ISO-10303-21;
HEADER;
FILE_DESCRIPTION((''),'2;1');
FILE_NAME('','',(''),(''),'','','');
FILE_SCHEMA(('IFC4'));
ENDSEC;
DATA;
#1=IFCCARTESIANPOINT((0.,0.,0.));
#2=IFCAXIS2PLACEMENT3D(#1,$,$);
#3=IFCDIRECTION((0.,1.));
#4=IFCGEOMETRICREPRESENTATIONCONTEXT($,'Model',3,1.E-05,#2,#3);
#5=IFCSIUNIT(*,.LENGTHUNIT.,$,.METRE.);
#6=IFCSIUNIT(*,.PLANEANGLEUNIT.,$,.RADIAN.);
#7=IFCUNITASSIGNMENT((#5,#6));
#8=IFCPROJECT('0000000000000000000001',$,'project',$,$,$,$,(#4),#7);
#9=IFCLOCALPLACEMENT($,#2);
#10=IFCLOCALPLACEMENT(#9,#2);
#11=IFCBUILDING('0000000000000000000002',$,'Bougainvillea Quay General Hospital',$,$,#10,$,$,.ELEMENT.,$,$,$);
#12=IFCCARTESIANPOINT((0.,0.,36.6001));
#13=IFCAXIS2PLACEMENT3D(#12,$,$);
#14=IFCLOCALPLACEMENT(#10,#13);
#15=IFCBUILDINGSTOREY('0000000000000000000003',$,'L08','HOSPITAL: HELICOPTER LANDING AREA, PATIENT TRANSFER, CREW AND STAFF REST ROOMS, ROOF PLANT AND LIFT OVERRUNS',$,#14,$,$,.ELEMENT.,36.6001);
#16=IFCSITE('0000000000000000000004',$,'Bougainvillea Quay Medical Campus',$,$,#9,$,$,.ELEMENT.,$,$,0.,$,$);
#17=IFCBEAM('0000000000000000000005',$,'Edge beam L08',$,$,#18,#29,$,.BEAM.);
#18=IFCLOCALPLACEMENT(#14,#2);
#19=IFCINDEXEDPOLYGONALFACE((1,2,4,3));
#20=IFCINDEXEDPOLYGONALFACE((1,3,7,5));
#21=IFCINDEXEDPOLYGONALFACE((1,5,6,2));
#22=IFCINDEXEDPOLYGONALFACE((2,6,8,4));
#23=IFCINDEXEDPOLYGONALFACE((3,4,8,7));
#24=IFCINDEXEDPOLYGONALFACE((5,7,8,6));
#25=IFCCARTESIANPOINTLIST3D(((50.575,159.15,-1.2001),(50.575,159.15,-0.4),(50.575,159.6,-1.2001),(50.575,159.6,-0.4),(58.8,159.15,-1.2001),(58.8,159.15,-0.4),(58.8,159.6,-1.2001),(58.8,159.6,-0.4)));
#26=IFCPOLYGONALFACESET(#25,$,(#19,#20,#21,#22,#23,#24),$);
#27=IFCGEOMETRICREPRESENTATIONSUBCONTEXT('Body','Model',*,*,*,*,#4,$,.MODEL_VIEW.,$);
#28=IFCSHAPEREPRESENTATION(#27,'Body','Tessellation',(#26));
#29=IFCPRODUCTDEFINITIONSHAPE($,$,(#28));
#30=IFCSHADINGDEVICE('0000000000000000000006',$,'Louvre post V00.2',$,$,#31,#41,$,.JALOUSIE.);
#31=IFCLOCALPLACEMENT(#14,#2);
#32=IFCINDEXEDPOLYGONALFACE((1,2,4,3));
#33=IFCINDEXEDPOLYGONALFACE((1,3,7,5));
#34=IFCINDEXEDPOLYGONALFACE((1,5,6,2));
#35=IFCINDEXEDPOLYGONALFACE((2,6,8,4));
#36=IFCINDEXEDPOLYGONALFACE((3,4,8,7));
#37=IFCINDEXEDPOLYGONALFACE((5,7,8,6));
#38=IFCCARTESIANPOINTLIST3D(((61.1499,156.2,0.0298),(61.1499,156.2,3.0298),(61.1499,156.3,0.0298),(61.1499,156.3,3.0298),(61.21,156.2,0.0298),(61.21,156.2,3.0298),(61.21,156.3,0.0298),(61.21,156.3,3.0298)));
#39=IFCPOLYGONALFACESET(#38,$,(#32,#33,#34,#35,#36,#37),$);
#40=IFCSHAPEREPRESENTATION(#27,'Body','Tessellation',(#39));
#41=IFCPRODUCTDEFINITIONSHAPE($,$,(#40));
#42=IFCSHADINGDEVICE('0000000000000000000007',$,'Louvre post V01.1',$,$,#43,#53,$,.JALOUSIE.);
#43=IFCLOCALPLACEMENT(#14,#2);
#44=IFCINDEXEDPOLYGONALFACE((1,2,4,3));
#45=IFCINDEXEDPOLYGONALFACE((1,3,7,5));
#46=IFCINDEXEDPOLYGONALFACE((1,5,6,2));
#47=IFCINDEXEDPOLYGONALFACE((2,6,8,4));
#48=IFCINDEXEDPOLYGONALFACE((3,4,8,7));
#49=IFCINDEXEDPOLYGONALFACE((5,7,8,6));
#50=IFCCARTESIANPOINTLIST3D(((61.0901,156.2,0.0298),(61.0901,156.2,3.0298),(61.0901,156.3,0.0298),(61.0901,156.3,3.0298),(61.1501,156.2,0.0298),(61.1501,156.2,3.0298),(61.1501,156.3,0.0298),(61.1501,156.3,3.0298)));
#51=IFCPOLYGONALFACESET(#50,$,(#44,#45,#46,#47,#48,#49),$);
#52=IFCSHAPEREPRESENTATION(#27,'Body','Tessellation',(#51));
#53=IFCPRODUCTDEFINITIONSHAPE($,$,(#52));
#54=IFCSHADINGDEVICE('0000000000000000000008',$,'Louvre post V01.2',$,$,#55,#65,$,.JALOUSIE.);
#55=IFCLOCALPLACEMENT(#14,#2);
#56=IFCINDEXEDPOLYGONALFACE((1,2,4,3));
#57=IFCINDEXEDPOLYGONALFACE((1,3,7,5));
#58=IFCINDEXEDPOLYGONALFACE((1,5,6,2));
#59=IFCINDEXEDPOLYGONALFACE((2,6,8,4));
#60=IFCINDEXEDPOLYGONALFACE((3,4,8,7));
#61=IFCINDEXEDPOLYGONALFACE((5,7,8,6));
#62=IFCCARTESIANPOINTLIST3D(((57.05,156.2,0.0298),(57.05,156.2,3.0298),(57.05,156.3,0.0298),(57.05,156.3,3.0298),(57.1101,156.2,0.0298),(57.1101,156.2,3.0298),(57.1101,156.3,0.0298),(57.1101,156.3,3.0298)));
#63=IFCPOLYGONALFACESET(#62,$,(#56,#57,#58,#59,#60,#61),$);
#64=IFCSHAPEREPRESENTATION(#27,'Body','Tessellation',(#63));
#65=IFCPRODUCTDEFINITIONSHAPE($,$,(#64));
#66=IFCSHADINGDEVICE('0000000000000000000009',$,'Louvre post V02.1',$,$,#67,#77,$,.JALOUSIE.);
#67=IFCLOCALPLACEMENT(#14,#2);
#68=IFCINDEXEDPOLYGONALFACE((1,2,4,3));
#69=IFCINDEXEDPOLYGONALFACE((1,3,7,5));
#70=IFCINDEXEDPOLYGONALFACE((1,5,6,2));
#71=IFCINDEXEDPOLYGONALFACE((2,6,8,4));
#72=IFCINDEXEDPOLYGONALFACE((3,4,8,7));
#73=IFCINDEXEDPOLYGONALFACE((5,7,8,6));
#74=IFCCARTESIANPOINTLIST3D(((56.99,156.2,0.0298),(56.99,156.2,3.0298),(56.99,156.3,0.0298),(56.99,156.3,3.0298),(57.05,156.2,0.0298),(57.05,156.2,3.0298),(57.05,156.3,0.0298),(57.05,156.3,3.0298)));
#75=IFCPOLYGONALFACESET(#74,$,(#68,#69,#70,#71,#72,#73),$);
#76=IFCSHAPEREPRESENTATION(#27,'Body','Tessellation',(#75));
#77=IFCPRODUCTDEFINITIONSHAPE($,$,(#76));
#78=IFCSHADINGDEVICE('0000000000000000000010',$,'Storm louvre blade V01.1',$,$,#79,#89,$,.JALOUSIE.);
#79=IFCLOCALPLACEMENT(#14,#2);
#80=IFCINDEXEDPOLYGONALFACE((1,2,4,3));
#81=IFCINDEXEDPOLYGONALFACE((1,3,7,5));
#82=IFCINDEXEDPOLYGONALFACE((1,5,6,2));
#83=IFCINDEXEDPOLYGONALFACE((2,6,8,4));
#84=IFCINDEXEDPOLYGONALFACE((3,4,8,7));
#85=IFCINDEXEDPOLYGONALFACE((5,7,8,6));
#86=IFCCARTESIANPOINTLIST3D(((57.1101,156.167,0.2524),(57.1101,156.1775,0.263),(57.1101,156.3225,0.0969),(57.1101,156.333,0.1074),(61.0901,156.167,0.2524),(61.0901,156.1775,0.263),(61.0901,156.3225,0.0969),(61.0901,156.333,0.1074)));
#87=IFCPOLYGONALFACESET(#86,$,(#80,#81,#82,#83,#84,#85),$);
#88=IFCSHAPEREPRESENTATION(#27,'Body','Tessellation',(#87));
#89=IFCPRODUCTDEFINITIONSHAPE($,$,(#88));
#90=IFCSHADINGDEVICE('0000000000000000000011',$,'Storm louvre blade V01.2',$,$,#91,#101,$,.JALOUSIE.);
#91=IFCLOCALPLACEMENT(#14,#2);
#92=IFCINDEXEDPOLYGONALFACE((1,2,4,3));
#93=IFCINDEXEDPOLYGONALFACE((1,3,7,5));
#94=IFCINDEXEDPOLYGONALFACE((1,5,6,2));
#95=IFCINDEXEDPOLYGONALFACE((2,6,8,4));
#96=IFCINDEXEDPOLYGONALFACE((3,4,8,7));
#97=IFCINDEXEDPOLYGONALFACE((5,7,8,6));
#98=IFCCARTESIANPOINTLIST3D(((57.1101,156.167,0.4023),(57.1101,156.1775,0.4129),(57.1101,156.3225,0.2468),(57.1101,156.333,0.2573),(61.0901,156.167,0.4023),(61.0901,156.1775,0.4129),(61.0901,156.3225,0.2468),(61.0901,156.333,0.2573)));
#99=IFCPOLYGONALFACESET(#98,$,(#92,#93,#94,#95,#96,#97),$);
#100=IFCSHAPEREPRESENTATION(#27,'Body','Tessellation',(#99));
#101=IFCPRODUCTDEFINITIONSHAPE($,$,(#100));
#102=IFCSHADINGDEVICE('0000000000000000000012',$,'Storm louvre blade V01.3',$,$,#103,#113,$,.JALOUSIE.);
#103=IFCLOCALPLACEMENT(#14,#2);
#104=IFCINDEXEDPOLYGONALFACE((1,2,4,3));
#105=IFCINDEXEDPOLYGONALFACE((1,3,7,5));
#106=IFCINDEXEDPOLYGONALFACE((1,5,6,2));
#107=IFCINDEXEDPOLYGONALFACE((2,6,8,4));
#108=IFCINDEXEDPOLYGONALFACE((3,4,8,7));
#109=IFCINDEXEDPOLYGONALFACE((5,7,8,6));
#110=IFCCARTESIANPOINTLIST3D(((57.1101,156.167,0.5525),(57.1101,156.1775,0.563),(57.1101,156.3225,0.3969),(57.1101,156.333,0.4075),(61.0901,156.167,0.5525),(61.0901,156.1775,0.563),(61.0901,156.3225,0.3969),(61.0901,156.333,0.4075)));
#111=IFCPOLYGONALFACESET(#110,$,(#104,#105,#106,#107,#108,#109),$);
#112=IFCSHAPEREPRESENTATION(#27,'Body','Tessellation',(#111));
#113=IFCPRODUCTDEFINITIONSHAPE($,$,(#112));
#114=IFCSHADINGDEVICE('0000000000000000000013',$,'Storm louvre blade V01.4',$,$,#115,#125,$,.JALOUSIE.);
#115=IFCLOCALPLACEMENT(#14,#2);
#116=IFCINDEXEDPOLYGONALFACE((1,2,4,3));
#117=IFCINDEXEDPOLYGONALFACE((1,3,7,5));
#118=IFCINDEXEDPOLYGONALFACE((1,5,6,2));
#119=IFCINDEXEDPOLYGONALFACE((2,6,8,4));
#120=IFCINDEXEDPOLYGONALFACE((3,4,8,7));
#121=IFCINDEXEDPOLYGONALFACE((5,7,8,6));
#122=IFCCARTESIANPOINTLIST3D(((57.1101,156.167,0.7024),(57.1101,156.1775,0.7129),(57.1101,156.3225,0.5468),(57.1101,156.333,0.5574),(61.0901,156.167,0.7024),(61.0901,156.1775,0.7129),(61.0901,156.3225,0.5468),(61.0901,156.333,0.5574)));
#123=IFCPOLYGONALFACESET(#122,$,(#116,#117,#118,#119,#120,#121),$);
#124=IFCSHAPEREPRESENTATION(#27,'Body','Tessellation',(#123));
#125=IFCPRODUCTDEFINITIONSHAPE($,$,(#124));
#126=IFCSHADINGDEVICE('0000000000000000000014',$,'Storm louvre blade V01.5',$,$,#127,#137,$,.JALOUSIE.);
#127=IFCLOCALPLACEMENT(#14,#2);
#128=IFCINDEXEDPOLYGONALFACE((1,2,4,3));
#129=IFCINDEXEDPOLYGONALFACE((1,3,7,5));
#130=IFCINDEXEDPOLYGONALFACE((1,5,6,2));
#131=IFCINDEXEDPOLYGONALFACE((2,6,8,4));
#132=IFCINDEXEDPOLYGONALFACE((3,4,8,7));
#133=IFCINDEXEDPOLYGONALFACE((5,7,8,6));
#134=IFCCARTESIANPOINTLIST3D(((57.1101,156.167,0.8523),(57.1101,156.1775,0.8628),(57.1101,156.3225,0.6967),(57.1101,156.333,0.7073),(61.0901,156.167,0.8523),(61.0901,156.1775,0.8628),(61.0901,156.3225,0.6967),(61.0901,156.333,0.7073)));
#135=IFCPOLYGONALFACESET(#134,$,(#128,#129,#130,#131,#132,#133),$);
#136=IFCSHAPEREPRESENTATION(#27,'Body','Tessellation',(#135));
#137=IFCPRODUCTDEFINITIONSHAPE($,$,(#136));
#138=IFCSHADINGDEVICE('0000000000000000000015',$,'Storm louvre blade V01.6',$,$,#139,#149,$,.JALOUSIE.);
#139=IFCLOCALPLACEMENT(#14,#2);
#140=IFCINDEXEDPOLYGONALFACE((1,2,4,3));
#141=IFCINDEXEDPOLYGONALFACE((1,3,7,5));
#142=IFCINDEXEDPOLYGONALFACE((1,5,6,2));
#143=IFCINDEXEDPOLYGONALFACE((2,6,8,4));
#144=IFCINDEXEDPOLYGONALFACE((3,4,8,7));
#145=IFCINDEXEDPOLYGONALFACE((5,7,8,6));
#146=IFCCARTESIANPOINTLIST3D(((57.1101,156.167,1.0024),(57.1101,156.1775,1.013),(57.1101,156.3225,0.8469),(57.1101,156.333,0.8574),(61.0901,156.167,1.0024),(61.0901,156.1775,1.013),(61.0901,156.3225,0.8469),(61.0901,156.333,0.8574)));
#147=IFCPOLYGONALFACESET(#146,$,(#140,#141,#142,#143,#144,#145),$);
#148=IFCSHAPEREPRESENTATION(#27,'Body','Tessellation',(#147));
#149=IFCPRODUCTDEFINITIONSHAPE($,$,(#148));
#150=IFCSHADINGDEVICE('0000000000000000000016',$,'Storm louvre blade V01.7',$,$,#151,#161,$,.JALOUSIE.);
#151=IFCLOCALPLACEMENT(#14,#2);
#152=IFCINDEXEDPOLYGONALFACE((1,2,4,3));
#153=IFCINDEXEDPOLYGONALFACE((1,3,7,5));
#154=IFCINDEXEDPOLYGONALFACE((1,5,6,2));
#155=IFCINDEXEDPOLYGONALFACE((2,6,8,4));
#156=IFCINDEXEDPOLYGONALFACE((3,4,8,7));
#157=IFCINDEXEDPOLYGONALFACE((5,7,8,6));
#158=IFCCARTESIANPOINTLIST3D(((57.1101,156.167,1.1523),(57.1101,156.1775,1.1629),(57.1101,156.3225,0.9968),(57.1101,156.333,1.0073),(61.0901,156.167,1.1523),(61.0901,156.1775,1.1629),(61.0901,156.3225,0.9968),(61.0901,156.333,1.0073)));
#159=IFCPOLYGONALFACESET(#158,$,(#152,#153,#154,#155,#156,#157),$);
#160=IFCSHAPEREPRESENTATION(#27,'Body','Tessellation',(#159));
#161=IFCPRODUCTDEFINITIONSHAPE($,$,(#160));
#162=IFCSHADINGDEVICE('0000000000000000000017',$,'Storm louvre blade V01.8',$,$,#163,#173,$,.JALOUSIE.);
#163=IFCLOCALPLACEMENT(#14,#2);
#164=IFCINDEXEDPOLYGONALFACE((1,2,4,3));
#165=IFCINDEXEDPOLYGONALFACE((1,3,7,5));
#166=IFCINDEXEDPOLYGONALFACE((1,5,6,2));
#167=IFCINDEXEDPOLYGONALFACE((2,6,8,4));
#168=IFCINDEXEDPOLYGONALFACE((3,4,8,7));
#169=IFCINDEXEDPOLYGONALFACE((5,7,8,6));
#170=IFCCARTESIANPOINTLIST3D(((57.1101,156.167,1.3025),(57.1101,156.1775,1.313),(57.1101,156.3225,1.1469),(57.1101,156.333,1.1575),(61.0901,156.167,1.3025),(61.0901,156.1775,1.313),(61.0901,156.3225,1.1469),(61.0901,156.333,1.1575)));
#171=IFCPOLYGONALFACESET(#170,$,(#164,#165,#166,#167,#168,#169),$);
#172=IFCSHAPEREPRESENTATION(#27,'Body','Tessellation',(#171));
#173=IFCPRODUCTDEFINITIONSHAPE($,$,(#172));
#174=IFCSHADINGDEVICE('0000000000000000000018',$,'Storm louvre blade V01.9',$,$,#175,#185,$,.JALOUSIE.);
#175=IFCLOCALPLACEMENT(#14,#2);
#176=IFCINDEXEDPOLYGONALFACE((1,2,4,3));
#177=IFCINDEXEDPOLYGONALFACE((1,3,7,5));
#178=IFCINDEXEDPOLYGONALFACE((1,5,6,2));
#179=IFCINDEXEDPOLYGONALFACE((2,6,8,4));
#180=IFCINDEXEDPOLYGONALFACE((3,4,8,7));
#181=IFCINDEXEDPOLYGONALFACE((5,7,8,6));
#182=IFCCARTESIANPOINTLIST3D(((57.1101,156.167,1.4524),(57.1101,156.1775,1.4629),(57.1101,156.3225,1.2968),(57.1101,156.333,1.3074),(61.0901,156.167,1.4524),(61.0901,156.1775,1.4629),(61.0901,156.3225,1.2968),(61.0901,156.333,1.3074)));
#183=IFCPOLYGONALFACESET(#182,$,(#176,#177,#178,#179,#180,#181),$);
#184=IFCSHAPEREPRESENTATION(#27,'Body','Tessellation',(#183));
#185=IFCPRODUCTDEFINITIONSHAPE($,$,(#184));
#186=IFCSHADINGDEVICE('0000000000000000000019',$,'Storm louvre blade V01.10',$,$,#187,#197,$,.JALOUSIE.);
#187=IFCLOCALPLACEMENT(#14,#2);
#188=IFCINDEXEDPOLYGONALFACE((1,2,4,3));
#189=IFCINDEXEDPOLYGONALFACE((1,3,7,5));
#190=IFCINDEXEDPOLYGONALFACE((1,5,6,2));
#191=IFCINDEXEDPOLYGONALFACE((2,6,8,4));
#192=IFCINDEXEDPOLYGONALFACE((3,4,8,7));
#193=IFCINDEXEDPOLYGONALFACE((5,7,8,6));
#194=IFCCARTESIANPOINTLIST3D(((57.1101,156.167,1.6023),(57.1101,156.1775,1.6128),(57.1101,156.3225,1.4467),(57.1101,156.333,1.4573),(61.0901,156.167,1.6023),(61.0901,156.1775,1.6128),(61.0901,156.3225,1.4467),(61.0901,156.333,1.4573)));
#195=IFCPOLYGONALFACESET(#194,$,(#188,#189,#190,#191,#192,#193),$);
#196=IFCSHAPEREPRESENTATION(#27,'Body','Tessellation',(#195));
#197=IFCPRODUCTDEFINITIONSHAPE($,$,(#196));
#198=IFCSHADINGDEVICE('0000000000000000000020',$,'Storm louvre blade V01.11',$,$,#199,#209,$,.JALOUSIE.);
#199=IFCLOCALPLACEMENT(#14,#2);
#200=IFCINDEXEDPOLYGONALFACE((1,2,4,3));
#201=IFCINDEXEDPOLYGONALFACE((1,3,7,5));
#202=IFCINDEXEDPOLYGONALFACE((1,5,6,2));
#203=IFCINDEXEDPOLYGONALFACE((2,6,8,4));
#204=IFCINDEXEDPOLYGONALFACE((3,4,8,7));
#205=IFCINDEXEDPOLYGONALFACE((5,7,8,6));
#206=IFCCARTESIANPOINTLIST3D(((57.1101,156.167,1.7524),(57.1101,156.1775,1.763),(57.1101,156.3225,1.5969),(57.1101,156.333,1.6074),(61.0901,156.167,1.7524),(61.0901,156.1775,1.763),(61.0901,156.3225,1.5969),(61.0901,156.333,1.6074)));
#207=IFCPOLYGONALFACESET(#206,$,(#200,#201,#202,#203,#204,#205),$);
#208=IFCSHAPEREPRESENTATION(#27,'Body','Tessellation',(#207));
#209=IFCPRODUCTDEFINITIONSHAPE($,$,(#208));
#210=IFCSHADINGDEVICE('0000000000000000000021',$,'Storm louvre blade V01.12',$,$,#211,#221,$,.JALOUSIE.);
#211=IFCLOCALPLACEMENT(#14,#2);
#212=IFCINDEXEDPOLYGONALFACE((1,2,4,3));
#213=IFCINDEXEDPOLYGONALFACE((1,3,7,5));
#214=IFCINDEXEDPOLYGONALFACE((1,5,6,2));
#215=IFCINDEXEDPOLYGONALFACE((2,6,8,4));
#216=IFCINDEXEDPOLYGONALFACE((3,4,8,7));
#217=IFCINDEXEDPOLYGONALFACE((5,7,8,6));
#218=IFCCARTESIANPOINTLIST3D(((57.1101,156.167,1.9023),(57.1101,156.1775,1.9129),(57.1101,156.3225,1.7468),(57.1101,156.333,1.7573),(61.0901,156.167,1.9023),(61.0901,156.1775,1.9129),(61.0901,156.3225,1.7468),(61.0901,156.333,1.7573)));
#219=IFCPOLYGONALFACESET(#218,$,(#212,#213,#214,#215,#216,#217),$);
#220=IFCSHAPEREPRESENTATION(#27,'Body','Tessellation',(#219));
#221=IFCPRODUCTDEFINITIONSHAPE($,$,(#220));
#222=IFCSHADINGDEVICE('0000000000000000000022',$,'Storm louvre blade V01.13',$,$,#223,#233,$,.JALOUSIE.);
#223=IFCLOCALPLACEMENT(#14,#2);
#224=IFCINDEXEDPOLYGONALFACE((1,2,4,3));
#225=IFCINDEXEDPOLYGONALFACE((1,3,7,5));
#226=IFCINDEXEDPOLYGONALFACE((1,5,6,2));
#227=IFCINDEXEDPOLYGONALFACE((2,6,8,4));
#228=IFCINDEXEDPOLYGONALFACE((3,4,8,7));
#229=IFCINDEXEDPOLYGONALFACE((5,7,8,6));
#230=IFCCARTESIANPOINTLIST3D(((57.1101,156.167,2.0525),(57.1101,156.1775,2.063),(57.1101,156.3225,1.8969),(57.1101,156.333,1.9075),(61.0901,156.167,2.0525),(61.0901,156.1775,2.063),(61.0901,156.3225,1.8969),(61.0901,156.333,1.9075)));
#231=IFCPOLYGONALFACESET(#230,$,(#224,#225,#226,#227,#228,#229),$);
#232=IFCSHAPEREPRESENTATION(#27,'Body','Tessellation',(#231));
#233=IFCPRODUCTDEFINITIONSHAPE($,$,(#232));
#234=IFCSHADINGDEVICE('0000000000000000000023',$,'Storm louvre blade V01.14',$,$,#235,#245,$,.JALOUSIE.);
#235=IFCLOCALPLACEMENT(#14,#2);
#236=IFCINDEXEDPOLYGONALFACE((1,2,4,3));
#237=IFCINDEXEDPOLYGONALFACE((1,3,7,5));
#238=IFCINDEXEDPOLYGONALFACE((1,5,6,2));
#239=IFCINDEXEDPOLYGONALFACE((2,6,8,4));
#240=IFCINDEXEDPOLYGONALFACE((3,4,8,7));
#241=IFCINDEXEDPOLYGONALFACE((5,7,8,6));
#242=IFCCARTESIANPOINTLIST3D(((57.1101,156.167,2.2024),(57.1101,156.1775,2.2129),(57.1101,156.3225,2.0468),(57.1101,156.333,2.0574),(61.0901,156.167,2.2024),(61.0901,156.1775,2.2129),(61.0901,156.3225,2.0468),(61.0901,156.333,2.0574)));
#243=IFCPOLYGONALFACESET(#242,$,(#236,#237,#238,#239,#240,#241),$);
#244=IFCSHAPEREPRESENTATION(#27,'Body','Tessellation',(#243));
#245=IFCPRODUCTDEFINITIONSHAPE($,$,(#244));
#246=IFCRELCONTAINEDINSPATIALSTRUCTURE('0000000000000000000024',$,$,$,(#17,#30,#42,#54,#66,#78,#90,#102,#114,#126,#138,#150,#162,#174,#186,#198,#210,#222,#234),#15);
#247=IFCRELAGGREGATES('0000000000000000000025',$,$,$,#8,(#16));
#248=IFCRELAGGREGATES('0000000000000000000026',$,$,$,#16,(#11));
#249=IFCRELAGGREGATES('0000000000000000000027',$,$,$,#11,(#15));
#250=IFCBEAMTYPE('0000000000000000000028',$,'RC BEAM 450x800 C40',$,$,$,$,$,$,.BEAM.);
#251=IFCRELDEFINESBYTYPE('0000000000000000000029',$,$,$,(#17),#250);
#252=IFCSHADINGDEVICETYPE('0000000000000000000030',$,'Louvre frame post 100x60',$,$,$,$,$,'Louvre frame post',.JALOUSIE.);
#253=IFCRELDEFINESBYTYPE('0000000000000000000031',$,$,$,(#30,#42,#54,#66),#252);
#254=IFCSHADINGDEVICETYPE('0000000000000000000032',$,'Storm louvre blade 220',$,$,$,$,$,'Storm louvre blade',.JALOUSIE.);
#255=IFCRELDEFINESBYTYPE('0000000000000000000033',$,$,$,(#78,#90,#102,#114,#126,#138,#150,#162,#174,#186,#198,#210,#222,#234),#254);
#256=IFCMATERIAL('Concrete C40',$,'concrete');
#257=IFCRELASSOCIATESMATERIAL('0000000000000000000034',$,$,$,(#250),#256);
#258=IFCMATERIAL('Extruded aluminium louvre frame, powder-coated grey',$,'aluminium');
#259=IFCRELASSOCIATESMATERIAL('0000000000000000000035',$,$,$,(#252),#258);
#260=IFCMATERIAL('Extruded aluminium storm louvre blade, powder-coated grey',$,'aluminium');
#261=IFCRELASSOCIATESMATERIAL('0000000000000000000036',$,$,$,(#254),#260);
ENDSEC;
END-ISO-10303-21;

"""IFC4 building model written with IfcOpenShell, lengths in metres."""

from ifc_helpers import new_model, si_unit, direction, frame, origin, origin_2d, place, context, subcontext, project, spatial, rectangle, extrude, material, material_profile, profile_set, type_object, element, save


model = new_model("IFC4")

# Units and contexts
model_context = context("Model", 3, precision=1e-05, world=origin(), true_north=direction((0.0, 1.0)))
body_context = subcontext(model_context, "Body", "Model", "MODEL_VIEW")
ifc_project = project(units=[si_unit("LENGTHUNIT", "METRE"), si_unit("PLANEANGLEUNIT", "RADIAN")], contexts=[model_context])

# Site, building, storey
site_placement = place(None, origin())
site = spatial("IfcSite", under=ifc_project, at=site_placement, Name="Bougainvillea Quay Medical Campus", CompositionType="ELEMENT", RefElevation=0.0)
building_placement = place(site_placement, origin())
building = spatial("IfcBuilding", under=site, at=building_placement, Name="Bougainvillea Quay General Hospital", CompositionType="ELEMENT")
storey_placement = place(building_placement, frame((0.0, 0.0, 36.6001)))
storey = spatial("IfcBuildingStorey", under=building, at=storey_placement, Name="L08", Description="HOSPITAL: HELICOPTER LANDING AREA, PATIENT TRANSFER, CREW AND STAFF REST ROOMS, ROOF PLANT AND LIFT OVERRUNS", CompositionType="ELEMENT", Elevation=36.6001)

# Beam
ifc_material_1 = material(Name="Concrete C40", Category="concrete")
ifc_material_profile_1 = material_profile(ifc_material_1, rectangle(XDim=0.45, YDim=0.8, at=origin_2d()))
ifc_profile_set_1 = profile_set([ifc_material_profile_1], Name="Concrete C40")
beam_type = type_object("IfcBeamType", Name="RC BEAM 450x800 C40", PredefinedType="BEAM", material=ifc_profile_set_1)
beam_placement = place(storey_placement, frame((58.8, 159.375, -0.8), z_axis=(-1.0, 0.0, 0.0), x_axis=(0.0, -1.0, 0.0)))
element("IfcBeam", 1, at=beam_placement, inside=storey, type_object=beam_type, Name="Edge beam L08", PredefinedType="BEAM", context=body_context, shape_type="SweptSolid", body=[
    extrude(rectangle(XDim=0.45, YDim=0.8, at=origin_2d()), origin(), (0.0, 0.0, 1.0), 8.2251),
])

# Shading devices
ifc_material_2 = material(Name="Extruded aluminium louvre frame, powder-coated grey", Category="aluminium")
ifc_material_profile_2 = material_profile(ifc_material_2, rectangle(XDim=0.1001, YDim=0.0601, at=origin_2d()))
ifc_profile_set_2 = profile_set([ifc_material_profile_2], Name="Extruded aluminium louvre frame, powder-coated grey")
shading_device_type_1 = type_object("IfcShadingDeviceType", Name="Louvre frame post 100x60", ElementType="Louvre frame post", PredefinedType="JALOUSIE", material=ifc_profile_set_2)
for number, where, z_axis, x_axis, name in (
    (2, (61.1799, 156.25, 0.0298), (0.0, 0.0, 1.0), (0.0, -1.0, 0.0), "Louvre post V00.2"),
    (3, (61.1201, 156.25, 0.0298), (0.0, 0.0, 1.0), (0.0, -1.0, 0.0), "Louvre post V01.1"),
    (4, (57.0801, 156.25, 0.0298), (0.0, 0.0, 1.0), (0.0, -1.0, 0.0), "Louvre post V01.2"),
    (5, (57.02, 156.25, 0.0298), (0.0, 0.0, 1.0), (0.0, -1.0, 0.0), "Louvre post V02.1"),
):
    element("IfcShadingDevice", number, at=place(storey_placement, frame(where, z_axis=z_axis, x_axis=x_axis)), inside=storey, type_object=shading_device_type_1, Name=name, PredefinedType="JALOUSIE", context=body_context, shape_type="SweptSolid", body=[
        extrude(rectangle(XDim=0.1001, YDim=0.0601, at=origin_2d()), origin(), (0.0, 0.0, 1.0), 3.0),
    ])
ifc_material_3 = material(Name="Extruded aluminium storm louvre blade, powder-coated grey", Category="aluminium")
ifc_material_profile_3 = material_profile(ifc_material_3, rectangle(XDim=0.22, YDim=0.0149, at=origin_2d()))
ifc_profile_set_3 = profile_set([ifc_material_profile_3], Name="Extruded aluminium storm louvre blade, powder-coated grey")
shading_device_type_2 = type_object("IfcShadingDeviceType", Name="Storm louvre blade 220", ElementType="Storm louvre blade", PredefinedType="JALOUSIE", material=ifc_profile_set_3)
for number, where, z_axis, x_axis, name in (
    (6, (61.0901, 156.25, 0.1799), (-1.0, 0.0, 0.0), (0.0, -0.707107, 0.707107), "Storm louvre blade V01.1"),
    (7, (61.0901, 156.25, 0.3298), (-1.0, 0.0, 0.0), (0.0, -0.707107, 0.707107), "Storm louvre blade V01.2"),
    (8, (61.0901, 156.25, 0.48), (-1.0, 0.0, 0.0), (0.0, -0.707107, 0.707107), "Storm louvre blade V01.3"),
    (9, (61.0901, 156.25, 0.6299), (-1.0, 0.0, 0.0), (0.0, -0.707107, 0.707107), "Storm louvre blade V01.4"),
    (10, (61.0901, 156.25, 0.7798), (-1.0, 0.0, 0.0), (0.0, -0.707107, 0.707107), "Storm louvre blade V01.5"),
    (11, (61.0901, 156.25, 0.9299), (-1.0, 0.0, 0.0), (0.0, -0.707107, 0.707107), "Storm louvre blade V01.6"),
    (12, (61.0901, 156.25, 1.0798), (-1.0, 0.0, 0.0), (0.0, -0.707107, 0.707107), "Storm louvre blade V01.7"),
    (13, (61.0901, 156.25, 1.23), (-1.0, 0.0, 0.0), (0.0, -0.707107, 0.707107), "Storm louvre blade V01.8"),
    (14, (61.0901, 156.25, 1.3799), (-1.0, 0.0, 0.0), (0.0, -0.707107, 0.707107), "Storm louvre blade V01.9"),
    (15, (61.0901, 156.25, 1.5298), (-1.0, 0.0, 0.0), (0.0, -0.707107, 0.707107), "Storm louvre blade V01.10"),
    (16, (61.0901, 156.25, 1.6799), (-1.0, 0.0, 0.0), (0.0, -0.707107, 0.707107), "Storm louvre blade V01.11"),
    (17, (61.0901, 156.25, 1.8298), (-1.0, 0.0, 0.0), (0.0, -0.707107, 0.707107), "Storm louvre blade V01.12"),
    (18, (61.0901, 156.25, 1.98), (-1.0, 0.0, 0.0), (0.0, -0.707107, 0.707107), "Storm louvre blade V01.13"),
    (19, (61.0901, 156.25, 2.1299), (-1.0, 0.0, 0.0), (0.0, -0.707107, 0.707107), "Storm louvre blade V01.14"),
):
    element("IfcShadingDevice", number, at=place(storey_placement, frame(where, z_axis=z_axis, x_axis=x_axis)), inside=storey, type_object=shading_device_type_2, Name=name, PredefinedType="JALOUSIE", context=body_context, shape_type="SweptSolid", body=[
        extrude(rectangle(XDim=0.22, YDim=0.0149, at=origin_2d()), origin(), (0.0, 0.0, 1.0), 3.98),
    ])

save(model, "model.ifc")
